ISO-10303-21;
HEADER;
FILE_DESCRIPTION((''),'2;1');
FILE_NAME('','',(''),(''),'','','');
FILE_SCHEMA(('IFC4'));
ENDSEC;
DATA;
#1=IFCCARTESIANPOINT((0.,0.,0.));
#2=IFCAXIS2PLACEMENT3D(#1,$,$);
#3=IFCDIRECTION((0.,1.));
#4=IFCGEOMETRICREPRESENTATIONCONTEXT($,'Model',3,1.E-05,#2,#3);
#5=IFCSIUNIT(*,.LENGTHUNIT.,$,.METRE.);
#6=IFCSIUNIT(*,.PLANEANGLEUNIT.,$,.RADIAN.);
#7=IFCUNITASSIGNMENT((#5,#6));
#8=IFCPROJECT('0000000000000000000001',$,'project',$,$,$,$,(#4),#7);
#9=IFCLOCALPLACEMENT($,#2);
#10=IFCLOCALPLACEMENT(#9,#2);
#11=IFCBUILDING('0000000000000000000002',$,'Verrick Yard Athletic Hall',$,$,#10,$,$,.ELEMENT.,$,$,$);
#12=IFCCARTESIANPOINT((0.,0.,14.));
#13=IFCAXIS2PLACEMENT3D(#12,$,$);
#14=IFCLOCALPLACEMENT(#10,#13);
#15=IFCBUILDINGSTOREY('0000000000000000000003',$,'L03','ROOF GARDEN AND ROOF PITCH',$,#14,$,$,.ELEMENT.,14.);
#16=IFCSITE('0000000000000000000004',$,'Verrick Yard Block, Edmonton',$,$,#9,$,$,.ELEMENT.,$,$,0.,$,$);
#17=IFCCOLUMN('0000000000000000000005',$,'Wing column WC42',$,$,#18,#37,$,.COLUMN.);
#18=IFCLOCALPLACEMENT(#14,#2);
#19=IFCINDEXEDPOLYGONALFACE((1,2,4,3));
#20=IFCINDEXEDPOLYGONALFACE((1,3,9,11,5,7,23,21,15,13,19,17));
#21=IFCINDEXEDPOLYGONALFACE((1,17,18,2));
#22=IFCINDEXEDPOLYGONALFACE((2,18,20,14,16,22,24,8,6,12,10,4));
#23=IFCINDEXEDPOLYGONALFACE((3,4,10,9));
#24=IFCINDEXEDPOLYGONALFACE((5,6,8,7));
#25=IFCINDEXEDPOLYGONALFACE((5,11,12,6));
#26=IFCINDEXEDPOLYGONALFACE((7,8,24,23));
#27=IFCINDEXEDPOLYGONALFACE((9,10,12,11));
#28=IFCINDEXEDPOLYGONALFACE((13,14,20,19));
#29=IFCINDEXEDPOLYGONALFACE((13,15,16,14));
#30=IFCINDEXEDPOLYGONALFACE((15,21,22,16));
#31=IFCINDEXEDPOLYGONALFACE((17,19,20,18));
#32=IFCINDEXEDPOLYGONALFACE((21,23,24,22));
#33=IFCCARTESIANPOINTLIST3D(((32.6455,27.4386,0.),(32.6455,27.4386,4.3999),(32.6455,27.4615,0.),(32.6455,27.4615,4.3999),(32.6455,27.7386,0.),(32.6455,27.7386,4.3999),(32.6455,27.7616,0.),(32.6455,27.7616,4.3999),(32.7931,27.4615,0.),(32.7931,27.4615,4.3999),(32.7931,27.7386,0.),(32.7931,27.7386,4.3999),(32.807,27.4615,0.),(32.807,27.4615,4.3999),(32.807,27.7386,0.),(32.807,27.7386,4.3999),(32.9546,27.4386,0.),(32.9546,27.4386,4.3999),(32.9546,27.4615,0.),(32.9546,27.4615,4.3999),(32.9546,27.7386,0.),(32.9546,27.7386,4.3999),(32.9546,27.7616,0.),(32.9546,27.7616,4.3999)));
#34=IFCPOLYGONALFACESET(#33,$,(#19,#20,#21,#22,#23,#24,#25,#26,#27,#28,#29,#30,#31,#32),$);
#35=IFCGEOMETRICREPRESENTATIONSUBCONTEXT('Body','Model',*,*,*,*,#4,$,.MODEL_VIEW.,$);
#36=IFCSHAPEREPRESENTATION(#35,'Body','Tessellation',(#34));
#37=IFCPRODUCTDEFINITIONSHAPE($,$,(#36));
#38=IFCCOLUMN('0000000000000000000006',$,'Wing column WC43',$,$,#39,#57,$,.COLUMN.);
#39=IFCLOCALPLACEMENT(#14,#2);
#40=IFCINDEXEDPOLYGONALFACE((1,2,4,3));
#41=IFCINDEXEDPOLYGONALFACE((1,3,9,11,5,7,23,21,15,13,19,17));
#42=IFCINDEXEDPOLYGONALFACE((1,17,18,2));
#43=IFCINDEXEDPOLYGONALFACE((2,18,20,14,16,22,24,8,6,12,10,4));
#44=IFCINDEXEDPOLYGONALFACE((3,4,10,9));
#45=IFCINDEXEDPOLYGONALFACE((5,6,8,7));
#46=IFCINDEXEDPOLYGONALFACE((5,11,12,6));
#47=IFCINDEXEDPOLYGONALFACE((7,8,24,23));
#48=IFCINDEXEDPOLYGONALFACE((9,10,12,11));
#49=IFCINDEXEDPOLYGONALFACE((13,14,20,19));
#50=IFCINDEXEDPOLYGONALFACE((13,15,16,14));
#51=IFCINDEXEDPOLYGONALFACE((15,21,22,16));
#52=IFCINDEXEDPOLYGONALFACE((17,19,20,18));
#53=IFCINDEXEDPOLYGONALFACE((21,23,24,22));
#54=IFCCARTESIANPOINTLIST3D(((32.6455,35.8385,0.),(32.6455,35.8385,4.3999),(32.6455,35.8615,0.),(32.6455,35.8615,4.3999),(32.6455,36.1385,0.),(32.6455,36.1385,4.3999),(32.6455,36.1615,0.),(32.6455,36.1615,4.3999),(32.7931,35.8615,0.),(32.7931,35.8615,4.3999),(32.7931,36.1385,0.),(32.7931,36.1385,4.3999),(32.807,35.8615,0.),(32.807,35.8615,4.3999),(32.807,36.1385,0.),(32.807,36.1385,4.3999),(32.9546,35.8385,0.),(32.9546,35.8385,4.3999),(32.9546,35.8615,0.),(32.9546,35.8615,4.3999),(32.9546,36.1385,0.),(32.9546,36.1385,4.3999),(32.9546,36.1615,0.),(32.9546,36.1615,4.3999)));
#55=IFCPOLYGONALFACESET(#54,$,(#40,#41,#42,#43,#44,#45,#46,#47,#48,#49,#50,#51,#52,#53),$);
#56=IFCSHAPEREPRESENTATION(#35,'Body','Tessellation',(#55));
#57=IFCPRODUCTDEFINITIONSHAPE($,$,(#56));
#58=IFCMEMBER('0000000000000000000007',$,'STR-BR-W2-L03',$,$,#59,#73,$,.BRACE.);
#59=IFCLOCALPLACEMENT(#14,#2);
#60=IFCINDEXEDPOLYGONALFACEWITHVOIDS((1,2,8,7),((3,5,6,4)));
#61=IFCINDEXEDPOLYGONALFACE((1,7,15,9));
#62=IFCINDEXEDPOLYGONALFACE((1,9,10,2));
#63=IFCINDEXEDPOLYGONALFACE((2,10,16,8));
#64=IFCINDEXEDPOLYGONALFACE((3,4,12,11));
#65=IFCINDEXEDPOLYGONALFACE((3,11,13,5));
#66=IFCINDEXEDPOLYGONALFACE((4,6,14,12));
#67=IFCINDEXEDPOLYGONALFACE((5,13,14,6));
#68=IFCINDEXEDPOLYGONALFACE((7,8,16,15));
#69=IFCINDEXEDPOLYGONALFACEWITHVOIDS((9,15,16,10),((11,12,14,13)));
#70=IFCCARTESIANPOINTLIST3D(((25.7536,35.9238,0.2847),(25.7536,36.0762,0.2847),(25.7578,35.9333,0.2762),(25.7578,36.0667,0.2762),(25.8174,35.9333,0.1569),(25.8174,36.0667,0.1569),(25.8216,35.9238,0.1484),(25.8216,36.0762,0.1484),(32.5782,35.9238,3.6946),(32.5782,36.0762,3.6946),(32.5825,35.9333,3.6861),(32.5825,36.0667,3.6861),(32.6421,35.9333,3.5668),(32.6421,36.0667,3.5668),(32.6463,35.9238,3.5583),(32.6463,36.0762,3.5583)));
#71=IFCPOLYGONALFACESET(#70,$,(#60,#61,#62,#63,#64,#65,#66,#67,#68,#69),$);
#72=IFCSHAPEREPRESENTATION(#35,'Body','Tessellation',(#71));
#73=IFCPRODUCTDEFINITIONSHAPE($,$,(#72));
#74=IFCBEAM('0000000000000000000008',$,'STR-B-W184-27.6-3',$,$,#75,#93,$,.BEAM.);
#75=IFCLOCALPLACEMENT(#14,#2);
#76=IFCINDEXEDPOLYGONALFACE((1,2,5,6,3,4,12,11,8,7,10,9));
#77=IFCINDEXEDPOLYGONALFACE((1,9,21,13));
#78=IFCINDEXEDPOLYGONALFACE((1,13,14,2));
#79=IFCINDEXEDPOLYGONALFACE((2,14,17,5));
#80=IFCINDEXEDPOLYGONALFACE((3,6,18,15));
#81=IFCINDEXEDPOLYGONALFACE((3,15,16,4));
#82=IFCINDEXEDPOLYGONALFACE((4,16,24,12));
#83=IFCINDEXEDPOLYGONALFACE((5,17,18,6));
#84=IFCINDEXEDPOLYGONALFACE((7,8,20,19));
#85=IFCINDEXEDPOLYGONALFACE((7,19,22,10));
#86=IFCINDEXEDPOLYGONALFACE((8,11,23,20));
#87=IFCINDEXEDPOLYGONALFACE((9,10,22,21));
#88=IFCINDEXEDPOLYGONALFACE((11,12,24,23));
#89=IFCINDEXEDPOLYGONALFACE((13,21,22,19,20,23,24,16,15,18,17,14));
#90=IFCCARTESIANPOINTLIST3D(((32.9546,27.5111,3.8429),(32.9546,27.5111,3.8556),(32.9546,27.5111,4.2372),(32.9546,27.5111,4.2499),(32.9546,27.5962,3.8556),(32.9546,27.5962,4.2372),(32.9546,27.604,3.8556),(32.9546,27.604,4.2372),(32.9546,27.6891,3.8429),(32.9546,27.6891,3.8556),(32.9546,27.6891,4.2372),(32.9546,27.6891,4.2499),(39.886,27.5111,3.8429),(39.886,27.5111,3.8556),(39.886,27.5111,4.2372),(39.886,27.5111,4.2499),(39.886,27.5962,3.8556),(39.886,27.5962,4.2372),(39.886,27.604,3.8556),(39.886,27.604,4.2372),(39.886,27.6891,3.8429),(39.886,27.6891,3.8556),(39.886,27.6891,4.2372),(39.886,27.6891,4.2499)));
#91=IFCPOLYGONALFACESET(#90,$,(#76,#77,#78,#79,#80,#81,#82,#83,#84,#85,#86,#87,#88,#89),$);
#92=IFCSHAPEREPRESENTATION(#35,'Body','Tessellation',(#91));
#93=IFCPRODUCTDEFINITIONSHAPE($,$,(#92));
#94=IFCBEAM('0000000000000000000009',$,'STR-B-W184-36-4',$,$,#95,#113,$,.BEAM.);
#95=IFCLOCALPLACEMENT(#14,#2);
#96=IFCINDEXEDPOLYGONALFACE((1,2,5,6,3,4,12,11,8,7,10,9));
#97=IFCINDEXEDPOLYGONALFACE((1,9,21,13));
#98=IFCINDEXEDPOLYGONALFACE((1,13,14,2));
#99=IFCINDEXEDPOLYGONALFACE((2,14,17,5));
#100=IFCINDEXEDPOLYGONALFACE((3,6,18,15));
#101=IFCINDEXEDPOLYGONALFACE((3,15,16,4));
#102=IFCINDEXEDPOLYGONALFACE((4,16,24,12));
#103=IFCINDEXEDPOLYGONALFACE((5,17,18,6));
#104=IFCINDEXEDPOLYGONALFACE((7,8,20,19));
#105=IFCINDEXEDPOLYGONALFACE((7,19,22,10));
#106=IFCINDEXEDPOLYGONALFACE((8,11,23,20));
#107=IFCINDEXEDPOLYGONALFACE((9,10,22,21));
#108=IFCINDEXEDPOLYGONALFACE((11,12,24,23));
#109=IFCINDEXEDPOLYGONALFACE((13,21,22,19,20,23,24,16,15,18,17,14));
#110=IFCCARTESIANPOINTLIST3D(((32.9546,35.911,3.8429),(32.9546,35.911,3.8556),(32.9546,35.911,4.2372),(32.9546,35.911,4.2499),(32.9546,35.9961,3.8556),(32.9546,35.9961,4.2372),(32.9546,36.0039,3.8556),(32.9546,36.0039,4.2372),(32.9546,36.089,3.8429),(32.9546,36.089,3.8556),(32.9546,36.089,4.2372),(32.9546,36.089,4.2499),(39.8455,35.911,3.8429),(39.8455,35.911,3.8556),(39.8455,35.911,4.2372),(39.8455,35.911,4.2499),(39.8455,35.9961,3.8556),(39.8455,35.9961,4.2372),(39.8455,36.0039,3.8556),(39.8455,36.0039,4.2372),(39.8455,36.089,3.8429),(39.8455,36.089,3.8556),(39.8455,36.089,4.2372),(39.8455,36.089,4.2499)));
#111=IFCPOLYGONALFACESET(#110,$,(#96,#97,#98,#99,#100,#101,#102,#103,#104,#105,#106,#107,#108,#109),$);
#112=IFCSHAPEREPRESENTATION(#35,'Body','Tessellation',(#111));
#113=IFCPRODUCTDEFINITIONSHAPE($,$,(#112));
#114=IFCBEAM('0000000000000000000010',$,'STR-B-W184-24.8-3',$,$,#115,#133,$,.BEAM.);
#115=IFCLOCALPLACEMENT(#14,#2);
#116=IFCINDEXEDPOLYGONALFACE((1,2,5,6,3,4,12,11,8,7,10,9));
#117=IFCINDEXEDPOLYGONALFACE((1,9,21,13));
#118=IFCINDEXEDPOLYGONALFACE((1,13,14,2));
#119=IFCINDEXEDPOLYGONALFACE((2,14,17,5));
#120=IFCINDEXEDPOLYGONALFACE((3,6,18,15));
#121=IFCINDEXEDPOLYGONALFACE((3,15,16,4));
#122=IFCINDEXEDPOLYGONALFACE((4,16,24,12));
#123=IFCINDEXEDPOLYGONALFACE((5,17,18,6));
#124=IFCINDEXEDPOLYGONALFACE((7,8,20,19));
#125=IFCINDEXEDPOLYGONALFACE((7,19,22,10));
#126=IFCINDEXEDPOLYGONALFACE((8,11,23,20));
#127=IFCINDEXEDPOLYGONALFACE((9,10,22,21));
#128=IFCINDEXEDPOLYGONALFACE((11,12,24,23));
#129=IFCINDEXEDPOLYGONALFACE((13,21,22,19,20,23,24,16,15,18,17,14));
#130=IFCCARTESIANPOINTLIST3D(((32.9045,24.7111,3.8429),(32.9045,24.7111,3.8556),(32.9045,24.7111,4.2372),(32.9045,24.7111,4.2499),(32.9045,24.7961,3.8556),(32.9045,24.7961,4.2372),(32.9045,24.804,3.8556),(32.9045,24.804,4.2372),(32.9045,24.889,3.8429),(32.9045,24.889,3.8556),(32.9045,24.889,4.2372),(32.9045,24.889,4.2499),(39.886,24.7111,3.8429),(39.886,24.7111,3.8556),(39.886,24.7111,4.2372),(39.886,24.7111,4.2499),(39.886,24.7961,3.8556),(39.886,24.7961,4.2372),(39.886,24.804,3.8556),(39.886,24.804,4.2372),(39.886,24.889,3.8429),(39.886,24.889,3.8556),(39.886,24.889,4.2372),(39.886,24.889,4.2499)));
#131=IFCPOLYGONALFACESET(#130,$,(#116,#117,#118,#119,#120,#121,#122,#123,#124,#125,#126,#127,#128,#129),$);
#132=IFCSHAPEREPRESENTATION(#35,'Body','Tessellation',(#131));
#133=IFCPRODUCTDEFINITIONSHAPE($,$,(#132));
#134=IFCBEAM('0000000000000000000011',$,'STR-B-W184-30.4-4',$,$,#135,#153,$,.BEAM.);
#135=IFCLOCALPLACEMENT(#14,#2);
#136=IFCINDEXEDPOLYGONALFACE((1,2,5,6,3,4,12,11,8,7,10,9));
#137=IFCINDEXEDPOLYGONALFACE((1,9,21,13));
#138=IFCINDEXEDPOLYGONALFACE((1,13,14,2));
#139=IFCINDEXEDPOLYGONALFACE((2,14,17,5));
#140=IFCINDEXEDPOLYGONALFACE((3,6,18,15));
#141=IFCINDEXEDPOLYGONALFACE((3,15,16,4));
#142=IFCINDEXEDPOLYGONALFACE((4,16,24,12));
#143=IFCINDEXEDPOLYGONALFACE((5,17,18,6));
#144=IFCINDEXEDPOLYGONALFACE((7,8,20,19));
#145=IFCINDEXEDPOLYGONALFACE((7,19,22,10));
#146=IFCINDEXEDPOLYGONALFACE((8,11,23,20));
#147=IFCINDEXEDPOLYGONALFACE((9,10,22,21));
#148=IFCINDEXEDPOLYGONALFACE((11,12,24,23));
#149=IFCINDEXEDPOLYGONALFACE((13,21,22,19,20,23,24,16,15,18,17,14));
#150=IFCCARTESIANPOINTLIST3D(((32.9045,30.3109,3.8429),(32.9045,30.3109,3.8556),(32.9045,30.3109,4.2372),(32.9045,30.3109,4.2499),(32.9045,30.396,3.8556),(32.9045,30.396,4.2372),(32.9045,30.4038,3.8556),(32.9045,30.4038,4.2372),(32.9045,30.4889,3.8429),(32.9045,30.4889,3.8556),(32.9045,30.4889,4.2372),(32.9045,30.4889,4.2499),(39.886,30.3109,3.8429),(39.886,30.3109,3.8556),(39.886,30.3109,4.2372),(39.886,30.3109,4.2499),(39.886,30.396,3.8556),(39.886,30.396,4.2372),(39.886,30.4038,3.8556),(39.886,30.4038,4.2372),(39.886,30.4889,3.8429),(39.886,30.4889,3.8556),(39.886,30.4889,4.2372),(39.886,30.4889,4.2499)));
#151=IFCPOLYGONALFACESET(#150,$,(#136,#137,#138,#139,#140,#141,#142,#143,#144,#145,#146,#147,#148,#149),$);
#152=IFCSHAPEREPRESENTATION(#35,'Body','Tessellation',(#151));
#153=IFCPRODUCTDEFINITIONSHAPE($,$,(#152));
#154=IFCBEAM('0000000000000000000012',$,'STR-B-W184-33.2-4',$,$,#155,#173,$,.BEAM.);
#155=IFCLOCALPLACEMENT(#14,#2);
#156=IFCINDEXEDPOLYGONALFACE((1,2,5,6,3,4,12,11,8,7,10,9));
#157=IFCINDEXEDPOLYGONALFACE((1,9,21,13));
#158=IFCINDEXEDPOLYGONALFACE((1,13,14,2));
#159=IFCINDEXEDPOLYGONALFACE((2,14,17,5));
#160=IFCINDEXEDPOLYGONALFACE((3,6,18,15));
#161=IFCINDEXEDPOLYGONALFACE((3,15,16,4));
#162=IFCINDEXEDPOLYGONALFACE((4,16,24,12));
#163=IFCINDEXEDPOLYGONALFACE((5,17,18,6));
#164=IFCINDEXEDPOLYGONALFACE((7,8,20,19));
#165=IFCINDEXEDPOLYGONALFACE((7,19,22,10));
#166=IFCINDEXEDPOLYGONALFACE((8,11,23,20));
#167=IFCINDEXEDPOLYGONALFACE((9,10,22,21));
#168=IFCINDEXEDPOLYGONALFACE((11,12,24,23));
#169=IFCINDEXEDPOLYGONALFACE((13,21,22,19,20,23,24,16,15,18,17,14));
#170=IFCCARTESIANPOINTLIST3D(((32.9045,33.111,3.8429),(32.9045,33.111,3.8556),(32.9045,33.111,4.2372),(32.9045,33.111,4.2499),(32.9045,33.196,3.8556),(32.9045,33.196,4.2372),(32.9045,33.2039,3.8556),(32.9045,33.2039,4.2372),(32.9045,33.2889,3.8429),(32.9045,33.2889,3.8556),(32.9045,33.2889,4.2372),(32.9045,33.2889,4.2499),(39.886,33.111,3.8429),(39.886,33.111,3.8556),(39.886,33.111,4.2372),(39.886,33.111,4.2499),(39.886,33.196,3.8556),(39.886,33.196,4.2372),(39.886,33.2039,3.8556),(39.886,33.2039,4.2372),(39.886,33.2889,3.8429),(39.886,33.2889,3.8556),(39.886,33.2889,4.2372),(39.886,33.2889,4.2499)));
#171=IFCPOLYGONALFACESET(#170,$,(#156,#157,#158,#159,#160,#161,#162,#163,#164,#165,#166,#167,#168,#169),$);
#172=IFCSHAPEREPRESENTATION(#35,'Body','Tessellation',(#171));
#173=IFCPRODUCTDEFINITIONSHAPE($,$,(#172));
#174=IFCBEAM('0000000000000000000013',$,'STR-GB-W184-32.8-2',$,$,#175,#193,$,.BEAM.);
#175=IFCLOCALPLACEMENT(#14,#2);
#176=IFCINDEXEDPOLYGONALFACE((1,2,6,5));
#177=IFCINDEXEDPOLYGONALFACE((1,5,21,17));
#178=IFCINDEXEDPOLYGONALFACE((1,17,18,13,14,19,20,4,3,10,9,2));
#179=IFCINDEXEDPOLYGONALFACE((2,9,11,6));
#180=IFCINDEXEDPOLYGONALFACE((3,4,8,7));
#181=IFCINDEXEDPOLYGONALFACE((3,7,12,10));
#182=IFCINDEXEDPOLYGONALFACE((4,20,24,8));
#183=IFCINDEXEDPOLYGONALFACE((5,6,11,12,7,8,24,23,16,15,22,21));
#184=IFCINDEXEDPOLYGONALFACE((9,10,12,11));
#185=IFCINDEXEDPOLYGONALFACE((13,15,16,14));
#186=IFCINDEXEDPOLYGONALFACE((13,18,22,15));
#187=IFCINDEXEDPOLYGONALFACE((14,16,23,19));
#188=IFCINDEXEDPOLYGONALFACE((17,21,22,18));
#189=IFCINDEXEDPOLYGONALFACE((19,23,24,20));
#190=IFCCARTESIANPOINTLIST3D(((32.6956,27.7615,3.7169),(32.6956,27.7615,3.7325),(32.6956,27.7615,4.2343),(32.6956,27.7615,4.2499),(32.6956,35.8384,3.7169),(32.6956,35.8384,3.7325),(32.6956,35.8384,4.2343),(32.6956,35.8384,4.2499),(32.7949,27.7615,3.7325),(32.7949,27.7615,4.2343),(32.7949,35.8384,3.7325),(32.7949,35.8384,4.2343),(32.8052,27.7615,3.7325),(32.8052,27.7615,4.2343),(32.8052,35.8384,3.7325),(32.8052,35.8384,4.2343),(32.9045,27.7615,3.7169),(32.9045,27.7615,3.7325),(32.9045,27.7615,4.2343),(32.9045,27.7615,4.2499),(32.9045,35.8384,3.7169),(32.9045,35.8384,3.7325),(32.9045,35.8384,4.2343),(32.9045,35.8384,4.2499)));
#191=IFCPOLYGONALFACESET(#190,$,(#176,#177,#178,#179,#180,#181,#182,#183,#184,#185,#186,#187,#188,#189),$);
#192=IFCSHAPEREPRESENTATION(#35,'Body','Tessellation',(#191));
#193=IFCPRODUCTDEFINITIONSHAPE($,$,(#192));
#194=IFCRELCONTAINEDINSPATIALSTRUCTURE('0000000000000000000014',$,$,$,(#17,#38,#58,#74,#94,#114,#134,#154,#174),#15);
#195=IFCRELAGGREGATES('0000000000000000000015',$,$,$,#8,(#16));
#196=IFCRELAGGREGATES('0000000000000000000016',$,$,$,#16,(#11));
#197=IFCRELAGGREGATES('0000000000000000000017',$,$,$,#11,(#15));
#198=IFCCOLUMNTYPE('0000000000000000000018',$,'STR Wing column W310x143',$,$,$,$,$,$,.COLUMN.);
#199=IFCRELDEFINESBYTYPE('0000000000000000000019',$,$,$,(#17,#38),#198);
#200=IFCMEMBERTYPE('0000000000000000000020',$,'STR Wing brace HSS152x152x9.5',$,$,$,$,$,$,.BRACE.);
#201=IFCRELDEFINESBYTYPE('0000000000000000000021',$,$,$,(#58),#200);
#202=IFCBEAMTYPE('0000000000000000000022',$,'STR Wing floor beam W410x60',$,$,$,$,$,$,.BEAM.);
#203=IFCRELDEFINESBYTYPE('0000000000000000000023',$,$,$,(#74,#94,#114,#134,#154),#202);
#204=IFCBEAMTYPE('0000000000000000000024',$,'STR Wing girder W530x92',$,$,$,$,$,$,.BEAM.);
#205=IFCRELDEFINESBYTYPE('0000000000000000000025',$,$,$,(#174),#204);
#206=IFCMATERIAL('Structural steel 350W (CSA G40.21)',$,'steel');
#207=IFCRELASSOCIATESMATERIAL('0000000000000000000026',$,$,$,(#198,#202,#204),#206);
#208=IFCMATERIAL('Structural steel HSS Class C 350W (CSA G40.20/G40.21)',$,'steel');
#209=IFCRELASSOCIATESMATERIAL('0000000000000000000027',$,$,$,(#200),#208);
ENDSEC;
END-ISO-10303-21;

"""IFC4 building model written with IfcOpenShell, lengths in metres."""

from ifc_helpers import new_model, si_unit, direction, frame, origin, origin_2d, place, context, subcontext, project, spatial, hollow_rectangle, i_section, extrude, material, material_profile, profile_set, type_object, element, save


model = new_model("IFC4")

# Units and contexts
model_context = context("Model", 3, precision=1e-05, world=origin(), true_north=direction((0.0, 1.0)))
body_context = subcontext(model_context, "Body", "Model", "MODEL_VIEW")
ifc_project = project(units=[si_unit("LENGTHUNIT", "METRE"), si_unit("PLANEANGLEUNIT", "RADIAN")], contexts=[model_context])

# Site, building, storey
site_placement = place(None, origin())
site = spatial("IfcSite", under=ifc_project, at=site_placement, Name="Verrick Yard Block, Edmonton", CompositionType="ELEMENT", RefElevation=0.0)
building_placement = place(site_placement, origin())
building = spatial("IfcBuilding", under=site, at=building_placement, Name="Verrick Yard Athletic Hall", CompositionType="ELEMENT")
storey_placement = place(building_placement, frame((0.0, 0.0, 14.0)))
storey = spatial("IfcBuildingStorey", under=building, at=storey_placement, Name="L03", Description="ROOF GARDEN AND ROOF PITCH", CompositionType="ELEMENT", Elevation=14.0)

# Columns
ifc_material_1 = material(Name="Structural steel 350W (CSA G40.21)", Category="steel")
ifc_material_profile_1 = material_profile(ifc_material_1, i_section(OverallWidth=0.3091, OverallDepth=0.323, WebThickness=0.0139, FlangeThickness=0.0229, at=origin_2d()), Name="W310x143")
ifc_profile_set_1 = profile_set([ifc_material_profile_1], Name="Structural steel 350W (CSA G40.21)")
column_type = type_object("IfcColumnType", Name="STR Wing column W310x143", PredefinedType="COLUMN", material=ifc_profile_set_1)
for number, where, z_axis, x_axis, name in (
    (1, (32.8, 27.6001, 0.0), (0.0, 0.0, 1.0), (1.0, 0.0, 0.0), "Wing column WC42"),
    (2, (32.8, 36.0, 0.0), (0.0, 0.0, 1.0), (1.0, 0.0, 0.0), "Wing column WC43"),
):
    element("IfcColumn", number, at=place(storey_placement, frame(where, z_axis=z_axis, x_axis=x_axis)), inside=storey, type_object=column_type, Name=name, PredefinedType="COLUMN", context=body_context, shape_type="SweptSolid", body=[
        extrude(i_section(OverallWidth=0.3091, OverallDepth=0.323, WebThickness=0.0139, FlangeThickness=0.0229, at=origin_2d()), origin(), (0.0, 0.0, 1.0), 4.3999),
    ])

# Member
ifc_material_2 = material(Name="Structural steel HSS Class C 350W (CSA G40.20/G40.21)", Category="steel")
ifc_material_profile_2 = material_profile(ifc_material_2, hollow_rectangle(XDim=0.1523, YDim=0.1523, WallThickness=0.0095, at=origin_2d()), Name="HSS152x152x9.5")
ifc_profile_set_2 = profile_set([ifc_material_profile_2], Name="Structural steel HSS Class C 350W (CSA G40.20/G40.21)")
member_type = type_object("IfcMemberType", Name="STR Wing brace HSS152x152x9.5", PredefinedType="BRACE", material=ifc_profile_set_2)
member_placement = place(storey_placement, frame((25.7876, 36.0, 0.2166), z_axis=(0.894555, 0.0, 0.446958), x_axis=(0.0, 1.0, 0.0)))
element("IfcMember", 3, at=member_placement, inside=storey, type_object=member_type, Name="STR-BR-W2-L03", PredefinedType="BRACE", context=body_context, shape_type="SweptSolid", body=[
    extrude(hollow_rectangle(XDim=0.1523, YDim=0.1523, WallThickness=0.0095, at=origin_2d()), origin(), (0.0, 0.0, 1.0), 7.6292),
])

# Beams
ifc_material_profile_3 = material_profile(ifc_material_1, i_section(OverallWidth=0.178, OverallDepth=0.407, WebThickness=0.0078, FlangeThickness=0.0127, at=origin_2d()), Name="W410x60")
ifc_profile_set_3 = profile_set([ifc_material_profile_3], Name="Structural steel 350W (CSA G40.21)")
beam_type_1 = type_object("IfcBeamType", Name="STR Wing floor beam W410x60", PredefinedType="BEAM", material=ifc_profile_set_3)
beam_1_placement = place(storey_placement, frame((32.9546, 27.6001, 4.0464), z_axis=(1.0, 0.0, 0.0), x_axis=(0.0, 1.0, 0.0)))
element("IfcBeam", 4, at=beam_1_placement, inside=storey, type_object=beam_type_1, Name="STR-B-W184-27.6-3", PredefinedType="BEAM", context=body_context, shape_type="SweptSolid", body=[
    extrude(i_section(OverallWidth=0.178, OverallDepth=0.407, WebThickness=0.0078, FlangeThickness=0.0127, at=origin_2d()), origin(), (0.0, 0.0, 1.0), 6.9314),
])
beam_2_placement = place(storey_placement, frame((32.9546, 36.0, 4.0464), z_axis=(1.0, 0.0, 0.0), x_axis=(0.0, 1.0, 0.0)))
element("IfcBeam", 5, at=beam_2_placement, inside=storey, type_object=beam_type_1, Name="STR-B-W184-36-4", PredefinedType="BEAM", context=body_context, shape_type="SweptSolid", body=[
    extrude(i_section(OverallWidth=0.178, OverallDepth=0.407, WebThickness=0.0078, FlangeThickness=0.0127, at=origin_2d()), origin(), (0.0, 0.0, 1.0), 6.8909),
])
for number, where, z_axis, x_axis, name in (
    (6, (32.9045, 24.8, 4.0464), (1.0, 0.0, 0.0), (0.0, 1.0, 0.0), "STR-B-W184-24.8-3"),
    (7, (32.9045, 30.3999, 4.0464), (1.0, 0.0, 0.0), (0.0, 1.0, 0.0), "STR-B-W184-30.4-4"),
    (8, (32.9045, 33.2, 4.0464), (1.0, 0.0, 0.0), (0.0, 1.0, 0.0), "STR-B-W184-33.2-4"),
):
    element("IfcBeam", number, at=place(storey_placement, frame(where, z_axis=z_axis, x_axis=x_axis)), inside=storey, type_object=beam_type_1, Name=name, PredefinedType="BEAM", context=body_context, shape_type="SweptSolid", body=[
        extrude(i_section(OverallWidth=0.178, OverallDepth=0.407, WebThickness=0.0078, FlangeThickness=0.0127, at=origin_2d()), origin(), (0.0, 0.0, 1.0), 6.9814),
    ])
ifc_material_profile_4 = material_profile(ifc_material_1, i_section(OverallWidth=0.209, OverallDepth=0.533, WebThickness=0.0103, FlangeThickness=0.0156, at=origin_2d()), Name="W530x92")
ifc_profile_set_4 = profile_set([ifc_material_profile_4], Name="Structural steel 350W (CSA G40.21)")
beam_type_2 = type_object("IfcBeamType", Name="STR Wing girder W530x92", PredefinedType="BEAM", material=ifc_profile_set_4)
beam_3_placement = place(storey_placement, frame((32.8, 27.7615, 3.9834), z_axis=(0.0, 1.0, 0.0), x_axis=(-1.0, 0.0, 0.0)))
element("IfcBeam", 9, at=beam_3_placement, inside=storey, type_object=beam_type_2, Name="STR-GB-W184-32.8-2", PredefinedType="BEAM", context=body_context, shape_type="SweptSolid", body=[
    extrude(i_section(OverallWidth=0.209, OverallDepth=0.533, WebThickness=0.0103, FlangeThickness=0.0156, at=origin_2d()), origin(), (0.0, 0.0, 1.0), 8.0769),
])

save(model, "model.ifc")
